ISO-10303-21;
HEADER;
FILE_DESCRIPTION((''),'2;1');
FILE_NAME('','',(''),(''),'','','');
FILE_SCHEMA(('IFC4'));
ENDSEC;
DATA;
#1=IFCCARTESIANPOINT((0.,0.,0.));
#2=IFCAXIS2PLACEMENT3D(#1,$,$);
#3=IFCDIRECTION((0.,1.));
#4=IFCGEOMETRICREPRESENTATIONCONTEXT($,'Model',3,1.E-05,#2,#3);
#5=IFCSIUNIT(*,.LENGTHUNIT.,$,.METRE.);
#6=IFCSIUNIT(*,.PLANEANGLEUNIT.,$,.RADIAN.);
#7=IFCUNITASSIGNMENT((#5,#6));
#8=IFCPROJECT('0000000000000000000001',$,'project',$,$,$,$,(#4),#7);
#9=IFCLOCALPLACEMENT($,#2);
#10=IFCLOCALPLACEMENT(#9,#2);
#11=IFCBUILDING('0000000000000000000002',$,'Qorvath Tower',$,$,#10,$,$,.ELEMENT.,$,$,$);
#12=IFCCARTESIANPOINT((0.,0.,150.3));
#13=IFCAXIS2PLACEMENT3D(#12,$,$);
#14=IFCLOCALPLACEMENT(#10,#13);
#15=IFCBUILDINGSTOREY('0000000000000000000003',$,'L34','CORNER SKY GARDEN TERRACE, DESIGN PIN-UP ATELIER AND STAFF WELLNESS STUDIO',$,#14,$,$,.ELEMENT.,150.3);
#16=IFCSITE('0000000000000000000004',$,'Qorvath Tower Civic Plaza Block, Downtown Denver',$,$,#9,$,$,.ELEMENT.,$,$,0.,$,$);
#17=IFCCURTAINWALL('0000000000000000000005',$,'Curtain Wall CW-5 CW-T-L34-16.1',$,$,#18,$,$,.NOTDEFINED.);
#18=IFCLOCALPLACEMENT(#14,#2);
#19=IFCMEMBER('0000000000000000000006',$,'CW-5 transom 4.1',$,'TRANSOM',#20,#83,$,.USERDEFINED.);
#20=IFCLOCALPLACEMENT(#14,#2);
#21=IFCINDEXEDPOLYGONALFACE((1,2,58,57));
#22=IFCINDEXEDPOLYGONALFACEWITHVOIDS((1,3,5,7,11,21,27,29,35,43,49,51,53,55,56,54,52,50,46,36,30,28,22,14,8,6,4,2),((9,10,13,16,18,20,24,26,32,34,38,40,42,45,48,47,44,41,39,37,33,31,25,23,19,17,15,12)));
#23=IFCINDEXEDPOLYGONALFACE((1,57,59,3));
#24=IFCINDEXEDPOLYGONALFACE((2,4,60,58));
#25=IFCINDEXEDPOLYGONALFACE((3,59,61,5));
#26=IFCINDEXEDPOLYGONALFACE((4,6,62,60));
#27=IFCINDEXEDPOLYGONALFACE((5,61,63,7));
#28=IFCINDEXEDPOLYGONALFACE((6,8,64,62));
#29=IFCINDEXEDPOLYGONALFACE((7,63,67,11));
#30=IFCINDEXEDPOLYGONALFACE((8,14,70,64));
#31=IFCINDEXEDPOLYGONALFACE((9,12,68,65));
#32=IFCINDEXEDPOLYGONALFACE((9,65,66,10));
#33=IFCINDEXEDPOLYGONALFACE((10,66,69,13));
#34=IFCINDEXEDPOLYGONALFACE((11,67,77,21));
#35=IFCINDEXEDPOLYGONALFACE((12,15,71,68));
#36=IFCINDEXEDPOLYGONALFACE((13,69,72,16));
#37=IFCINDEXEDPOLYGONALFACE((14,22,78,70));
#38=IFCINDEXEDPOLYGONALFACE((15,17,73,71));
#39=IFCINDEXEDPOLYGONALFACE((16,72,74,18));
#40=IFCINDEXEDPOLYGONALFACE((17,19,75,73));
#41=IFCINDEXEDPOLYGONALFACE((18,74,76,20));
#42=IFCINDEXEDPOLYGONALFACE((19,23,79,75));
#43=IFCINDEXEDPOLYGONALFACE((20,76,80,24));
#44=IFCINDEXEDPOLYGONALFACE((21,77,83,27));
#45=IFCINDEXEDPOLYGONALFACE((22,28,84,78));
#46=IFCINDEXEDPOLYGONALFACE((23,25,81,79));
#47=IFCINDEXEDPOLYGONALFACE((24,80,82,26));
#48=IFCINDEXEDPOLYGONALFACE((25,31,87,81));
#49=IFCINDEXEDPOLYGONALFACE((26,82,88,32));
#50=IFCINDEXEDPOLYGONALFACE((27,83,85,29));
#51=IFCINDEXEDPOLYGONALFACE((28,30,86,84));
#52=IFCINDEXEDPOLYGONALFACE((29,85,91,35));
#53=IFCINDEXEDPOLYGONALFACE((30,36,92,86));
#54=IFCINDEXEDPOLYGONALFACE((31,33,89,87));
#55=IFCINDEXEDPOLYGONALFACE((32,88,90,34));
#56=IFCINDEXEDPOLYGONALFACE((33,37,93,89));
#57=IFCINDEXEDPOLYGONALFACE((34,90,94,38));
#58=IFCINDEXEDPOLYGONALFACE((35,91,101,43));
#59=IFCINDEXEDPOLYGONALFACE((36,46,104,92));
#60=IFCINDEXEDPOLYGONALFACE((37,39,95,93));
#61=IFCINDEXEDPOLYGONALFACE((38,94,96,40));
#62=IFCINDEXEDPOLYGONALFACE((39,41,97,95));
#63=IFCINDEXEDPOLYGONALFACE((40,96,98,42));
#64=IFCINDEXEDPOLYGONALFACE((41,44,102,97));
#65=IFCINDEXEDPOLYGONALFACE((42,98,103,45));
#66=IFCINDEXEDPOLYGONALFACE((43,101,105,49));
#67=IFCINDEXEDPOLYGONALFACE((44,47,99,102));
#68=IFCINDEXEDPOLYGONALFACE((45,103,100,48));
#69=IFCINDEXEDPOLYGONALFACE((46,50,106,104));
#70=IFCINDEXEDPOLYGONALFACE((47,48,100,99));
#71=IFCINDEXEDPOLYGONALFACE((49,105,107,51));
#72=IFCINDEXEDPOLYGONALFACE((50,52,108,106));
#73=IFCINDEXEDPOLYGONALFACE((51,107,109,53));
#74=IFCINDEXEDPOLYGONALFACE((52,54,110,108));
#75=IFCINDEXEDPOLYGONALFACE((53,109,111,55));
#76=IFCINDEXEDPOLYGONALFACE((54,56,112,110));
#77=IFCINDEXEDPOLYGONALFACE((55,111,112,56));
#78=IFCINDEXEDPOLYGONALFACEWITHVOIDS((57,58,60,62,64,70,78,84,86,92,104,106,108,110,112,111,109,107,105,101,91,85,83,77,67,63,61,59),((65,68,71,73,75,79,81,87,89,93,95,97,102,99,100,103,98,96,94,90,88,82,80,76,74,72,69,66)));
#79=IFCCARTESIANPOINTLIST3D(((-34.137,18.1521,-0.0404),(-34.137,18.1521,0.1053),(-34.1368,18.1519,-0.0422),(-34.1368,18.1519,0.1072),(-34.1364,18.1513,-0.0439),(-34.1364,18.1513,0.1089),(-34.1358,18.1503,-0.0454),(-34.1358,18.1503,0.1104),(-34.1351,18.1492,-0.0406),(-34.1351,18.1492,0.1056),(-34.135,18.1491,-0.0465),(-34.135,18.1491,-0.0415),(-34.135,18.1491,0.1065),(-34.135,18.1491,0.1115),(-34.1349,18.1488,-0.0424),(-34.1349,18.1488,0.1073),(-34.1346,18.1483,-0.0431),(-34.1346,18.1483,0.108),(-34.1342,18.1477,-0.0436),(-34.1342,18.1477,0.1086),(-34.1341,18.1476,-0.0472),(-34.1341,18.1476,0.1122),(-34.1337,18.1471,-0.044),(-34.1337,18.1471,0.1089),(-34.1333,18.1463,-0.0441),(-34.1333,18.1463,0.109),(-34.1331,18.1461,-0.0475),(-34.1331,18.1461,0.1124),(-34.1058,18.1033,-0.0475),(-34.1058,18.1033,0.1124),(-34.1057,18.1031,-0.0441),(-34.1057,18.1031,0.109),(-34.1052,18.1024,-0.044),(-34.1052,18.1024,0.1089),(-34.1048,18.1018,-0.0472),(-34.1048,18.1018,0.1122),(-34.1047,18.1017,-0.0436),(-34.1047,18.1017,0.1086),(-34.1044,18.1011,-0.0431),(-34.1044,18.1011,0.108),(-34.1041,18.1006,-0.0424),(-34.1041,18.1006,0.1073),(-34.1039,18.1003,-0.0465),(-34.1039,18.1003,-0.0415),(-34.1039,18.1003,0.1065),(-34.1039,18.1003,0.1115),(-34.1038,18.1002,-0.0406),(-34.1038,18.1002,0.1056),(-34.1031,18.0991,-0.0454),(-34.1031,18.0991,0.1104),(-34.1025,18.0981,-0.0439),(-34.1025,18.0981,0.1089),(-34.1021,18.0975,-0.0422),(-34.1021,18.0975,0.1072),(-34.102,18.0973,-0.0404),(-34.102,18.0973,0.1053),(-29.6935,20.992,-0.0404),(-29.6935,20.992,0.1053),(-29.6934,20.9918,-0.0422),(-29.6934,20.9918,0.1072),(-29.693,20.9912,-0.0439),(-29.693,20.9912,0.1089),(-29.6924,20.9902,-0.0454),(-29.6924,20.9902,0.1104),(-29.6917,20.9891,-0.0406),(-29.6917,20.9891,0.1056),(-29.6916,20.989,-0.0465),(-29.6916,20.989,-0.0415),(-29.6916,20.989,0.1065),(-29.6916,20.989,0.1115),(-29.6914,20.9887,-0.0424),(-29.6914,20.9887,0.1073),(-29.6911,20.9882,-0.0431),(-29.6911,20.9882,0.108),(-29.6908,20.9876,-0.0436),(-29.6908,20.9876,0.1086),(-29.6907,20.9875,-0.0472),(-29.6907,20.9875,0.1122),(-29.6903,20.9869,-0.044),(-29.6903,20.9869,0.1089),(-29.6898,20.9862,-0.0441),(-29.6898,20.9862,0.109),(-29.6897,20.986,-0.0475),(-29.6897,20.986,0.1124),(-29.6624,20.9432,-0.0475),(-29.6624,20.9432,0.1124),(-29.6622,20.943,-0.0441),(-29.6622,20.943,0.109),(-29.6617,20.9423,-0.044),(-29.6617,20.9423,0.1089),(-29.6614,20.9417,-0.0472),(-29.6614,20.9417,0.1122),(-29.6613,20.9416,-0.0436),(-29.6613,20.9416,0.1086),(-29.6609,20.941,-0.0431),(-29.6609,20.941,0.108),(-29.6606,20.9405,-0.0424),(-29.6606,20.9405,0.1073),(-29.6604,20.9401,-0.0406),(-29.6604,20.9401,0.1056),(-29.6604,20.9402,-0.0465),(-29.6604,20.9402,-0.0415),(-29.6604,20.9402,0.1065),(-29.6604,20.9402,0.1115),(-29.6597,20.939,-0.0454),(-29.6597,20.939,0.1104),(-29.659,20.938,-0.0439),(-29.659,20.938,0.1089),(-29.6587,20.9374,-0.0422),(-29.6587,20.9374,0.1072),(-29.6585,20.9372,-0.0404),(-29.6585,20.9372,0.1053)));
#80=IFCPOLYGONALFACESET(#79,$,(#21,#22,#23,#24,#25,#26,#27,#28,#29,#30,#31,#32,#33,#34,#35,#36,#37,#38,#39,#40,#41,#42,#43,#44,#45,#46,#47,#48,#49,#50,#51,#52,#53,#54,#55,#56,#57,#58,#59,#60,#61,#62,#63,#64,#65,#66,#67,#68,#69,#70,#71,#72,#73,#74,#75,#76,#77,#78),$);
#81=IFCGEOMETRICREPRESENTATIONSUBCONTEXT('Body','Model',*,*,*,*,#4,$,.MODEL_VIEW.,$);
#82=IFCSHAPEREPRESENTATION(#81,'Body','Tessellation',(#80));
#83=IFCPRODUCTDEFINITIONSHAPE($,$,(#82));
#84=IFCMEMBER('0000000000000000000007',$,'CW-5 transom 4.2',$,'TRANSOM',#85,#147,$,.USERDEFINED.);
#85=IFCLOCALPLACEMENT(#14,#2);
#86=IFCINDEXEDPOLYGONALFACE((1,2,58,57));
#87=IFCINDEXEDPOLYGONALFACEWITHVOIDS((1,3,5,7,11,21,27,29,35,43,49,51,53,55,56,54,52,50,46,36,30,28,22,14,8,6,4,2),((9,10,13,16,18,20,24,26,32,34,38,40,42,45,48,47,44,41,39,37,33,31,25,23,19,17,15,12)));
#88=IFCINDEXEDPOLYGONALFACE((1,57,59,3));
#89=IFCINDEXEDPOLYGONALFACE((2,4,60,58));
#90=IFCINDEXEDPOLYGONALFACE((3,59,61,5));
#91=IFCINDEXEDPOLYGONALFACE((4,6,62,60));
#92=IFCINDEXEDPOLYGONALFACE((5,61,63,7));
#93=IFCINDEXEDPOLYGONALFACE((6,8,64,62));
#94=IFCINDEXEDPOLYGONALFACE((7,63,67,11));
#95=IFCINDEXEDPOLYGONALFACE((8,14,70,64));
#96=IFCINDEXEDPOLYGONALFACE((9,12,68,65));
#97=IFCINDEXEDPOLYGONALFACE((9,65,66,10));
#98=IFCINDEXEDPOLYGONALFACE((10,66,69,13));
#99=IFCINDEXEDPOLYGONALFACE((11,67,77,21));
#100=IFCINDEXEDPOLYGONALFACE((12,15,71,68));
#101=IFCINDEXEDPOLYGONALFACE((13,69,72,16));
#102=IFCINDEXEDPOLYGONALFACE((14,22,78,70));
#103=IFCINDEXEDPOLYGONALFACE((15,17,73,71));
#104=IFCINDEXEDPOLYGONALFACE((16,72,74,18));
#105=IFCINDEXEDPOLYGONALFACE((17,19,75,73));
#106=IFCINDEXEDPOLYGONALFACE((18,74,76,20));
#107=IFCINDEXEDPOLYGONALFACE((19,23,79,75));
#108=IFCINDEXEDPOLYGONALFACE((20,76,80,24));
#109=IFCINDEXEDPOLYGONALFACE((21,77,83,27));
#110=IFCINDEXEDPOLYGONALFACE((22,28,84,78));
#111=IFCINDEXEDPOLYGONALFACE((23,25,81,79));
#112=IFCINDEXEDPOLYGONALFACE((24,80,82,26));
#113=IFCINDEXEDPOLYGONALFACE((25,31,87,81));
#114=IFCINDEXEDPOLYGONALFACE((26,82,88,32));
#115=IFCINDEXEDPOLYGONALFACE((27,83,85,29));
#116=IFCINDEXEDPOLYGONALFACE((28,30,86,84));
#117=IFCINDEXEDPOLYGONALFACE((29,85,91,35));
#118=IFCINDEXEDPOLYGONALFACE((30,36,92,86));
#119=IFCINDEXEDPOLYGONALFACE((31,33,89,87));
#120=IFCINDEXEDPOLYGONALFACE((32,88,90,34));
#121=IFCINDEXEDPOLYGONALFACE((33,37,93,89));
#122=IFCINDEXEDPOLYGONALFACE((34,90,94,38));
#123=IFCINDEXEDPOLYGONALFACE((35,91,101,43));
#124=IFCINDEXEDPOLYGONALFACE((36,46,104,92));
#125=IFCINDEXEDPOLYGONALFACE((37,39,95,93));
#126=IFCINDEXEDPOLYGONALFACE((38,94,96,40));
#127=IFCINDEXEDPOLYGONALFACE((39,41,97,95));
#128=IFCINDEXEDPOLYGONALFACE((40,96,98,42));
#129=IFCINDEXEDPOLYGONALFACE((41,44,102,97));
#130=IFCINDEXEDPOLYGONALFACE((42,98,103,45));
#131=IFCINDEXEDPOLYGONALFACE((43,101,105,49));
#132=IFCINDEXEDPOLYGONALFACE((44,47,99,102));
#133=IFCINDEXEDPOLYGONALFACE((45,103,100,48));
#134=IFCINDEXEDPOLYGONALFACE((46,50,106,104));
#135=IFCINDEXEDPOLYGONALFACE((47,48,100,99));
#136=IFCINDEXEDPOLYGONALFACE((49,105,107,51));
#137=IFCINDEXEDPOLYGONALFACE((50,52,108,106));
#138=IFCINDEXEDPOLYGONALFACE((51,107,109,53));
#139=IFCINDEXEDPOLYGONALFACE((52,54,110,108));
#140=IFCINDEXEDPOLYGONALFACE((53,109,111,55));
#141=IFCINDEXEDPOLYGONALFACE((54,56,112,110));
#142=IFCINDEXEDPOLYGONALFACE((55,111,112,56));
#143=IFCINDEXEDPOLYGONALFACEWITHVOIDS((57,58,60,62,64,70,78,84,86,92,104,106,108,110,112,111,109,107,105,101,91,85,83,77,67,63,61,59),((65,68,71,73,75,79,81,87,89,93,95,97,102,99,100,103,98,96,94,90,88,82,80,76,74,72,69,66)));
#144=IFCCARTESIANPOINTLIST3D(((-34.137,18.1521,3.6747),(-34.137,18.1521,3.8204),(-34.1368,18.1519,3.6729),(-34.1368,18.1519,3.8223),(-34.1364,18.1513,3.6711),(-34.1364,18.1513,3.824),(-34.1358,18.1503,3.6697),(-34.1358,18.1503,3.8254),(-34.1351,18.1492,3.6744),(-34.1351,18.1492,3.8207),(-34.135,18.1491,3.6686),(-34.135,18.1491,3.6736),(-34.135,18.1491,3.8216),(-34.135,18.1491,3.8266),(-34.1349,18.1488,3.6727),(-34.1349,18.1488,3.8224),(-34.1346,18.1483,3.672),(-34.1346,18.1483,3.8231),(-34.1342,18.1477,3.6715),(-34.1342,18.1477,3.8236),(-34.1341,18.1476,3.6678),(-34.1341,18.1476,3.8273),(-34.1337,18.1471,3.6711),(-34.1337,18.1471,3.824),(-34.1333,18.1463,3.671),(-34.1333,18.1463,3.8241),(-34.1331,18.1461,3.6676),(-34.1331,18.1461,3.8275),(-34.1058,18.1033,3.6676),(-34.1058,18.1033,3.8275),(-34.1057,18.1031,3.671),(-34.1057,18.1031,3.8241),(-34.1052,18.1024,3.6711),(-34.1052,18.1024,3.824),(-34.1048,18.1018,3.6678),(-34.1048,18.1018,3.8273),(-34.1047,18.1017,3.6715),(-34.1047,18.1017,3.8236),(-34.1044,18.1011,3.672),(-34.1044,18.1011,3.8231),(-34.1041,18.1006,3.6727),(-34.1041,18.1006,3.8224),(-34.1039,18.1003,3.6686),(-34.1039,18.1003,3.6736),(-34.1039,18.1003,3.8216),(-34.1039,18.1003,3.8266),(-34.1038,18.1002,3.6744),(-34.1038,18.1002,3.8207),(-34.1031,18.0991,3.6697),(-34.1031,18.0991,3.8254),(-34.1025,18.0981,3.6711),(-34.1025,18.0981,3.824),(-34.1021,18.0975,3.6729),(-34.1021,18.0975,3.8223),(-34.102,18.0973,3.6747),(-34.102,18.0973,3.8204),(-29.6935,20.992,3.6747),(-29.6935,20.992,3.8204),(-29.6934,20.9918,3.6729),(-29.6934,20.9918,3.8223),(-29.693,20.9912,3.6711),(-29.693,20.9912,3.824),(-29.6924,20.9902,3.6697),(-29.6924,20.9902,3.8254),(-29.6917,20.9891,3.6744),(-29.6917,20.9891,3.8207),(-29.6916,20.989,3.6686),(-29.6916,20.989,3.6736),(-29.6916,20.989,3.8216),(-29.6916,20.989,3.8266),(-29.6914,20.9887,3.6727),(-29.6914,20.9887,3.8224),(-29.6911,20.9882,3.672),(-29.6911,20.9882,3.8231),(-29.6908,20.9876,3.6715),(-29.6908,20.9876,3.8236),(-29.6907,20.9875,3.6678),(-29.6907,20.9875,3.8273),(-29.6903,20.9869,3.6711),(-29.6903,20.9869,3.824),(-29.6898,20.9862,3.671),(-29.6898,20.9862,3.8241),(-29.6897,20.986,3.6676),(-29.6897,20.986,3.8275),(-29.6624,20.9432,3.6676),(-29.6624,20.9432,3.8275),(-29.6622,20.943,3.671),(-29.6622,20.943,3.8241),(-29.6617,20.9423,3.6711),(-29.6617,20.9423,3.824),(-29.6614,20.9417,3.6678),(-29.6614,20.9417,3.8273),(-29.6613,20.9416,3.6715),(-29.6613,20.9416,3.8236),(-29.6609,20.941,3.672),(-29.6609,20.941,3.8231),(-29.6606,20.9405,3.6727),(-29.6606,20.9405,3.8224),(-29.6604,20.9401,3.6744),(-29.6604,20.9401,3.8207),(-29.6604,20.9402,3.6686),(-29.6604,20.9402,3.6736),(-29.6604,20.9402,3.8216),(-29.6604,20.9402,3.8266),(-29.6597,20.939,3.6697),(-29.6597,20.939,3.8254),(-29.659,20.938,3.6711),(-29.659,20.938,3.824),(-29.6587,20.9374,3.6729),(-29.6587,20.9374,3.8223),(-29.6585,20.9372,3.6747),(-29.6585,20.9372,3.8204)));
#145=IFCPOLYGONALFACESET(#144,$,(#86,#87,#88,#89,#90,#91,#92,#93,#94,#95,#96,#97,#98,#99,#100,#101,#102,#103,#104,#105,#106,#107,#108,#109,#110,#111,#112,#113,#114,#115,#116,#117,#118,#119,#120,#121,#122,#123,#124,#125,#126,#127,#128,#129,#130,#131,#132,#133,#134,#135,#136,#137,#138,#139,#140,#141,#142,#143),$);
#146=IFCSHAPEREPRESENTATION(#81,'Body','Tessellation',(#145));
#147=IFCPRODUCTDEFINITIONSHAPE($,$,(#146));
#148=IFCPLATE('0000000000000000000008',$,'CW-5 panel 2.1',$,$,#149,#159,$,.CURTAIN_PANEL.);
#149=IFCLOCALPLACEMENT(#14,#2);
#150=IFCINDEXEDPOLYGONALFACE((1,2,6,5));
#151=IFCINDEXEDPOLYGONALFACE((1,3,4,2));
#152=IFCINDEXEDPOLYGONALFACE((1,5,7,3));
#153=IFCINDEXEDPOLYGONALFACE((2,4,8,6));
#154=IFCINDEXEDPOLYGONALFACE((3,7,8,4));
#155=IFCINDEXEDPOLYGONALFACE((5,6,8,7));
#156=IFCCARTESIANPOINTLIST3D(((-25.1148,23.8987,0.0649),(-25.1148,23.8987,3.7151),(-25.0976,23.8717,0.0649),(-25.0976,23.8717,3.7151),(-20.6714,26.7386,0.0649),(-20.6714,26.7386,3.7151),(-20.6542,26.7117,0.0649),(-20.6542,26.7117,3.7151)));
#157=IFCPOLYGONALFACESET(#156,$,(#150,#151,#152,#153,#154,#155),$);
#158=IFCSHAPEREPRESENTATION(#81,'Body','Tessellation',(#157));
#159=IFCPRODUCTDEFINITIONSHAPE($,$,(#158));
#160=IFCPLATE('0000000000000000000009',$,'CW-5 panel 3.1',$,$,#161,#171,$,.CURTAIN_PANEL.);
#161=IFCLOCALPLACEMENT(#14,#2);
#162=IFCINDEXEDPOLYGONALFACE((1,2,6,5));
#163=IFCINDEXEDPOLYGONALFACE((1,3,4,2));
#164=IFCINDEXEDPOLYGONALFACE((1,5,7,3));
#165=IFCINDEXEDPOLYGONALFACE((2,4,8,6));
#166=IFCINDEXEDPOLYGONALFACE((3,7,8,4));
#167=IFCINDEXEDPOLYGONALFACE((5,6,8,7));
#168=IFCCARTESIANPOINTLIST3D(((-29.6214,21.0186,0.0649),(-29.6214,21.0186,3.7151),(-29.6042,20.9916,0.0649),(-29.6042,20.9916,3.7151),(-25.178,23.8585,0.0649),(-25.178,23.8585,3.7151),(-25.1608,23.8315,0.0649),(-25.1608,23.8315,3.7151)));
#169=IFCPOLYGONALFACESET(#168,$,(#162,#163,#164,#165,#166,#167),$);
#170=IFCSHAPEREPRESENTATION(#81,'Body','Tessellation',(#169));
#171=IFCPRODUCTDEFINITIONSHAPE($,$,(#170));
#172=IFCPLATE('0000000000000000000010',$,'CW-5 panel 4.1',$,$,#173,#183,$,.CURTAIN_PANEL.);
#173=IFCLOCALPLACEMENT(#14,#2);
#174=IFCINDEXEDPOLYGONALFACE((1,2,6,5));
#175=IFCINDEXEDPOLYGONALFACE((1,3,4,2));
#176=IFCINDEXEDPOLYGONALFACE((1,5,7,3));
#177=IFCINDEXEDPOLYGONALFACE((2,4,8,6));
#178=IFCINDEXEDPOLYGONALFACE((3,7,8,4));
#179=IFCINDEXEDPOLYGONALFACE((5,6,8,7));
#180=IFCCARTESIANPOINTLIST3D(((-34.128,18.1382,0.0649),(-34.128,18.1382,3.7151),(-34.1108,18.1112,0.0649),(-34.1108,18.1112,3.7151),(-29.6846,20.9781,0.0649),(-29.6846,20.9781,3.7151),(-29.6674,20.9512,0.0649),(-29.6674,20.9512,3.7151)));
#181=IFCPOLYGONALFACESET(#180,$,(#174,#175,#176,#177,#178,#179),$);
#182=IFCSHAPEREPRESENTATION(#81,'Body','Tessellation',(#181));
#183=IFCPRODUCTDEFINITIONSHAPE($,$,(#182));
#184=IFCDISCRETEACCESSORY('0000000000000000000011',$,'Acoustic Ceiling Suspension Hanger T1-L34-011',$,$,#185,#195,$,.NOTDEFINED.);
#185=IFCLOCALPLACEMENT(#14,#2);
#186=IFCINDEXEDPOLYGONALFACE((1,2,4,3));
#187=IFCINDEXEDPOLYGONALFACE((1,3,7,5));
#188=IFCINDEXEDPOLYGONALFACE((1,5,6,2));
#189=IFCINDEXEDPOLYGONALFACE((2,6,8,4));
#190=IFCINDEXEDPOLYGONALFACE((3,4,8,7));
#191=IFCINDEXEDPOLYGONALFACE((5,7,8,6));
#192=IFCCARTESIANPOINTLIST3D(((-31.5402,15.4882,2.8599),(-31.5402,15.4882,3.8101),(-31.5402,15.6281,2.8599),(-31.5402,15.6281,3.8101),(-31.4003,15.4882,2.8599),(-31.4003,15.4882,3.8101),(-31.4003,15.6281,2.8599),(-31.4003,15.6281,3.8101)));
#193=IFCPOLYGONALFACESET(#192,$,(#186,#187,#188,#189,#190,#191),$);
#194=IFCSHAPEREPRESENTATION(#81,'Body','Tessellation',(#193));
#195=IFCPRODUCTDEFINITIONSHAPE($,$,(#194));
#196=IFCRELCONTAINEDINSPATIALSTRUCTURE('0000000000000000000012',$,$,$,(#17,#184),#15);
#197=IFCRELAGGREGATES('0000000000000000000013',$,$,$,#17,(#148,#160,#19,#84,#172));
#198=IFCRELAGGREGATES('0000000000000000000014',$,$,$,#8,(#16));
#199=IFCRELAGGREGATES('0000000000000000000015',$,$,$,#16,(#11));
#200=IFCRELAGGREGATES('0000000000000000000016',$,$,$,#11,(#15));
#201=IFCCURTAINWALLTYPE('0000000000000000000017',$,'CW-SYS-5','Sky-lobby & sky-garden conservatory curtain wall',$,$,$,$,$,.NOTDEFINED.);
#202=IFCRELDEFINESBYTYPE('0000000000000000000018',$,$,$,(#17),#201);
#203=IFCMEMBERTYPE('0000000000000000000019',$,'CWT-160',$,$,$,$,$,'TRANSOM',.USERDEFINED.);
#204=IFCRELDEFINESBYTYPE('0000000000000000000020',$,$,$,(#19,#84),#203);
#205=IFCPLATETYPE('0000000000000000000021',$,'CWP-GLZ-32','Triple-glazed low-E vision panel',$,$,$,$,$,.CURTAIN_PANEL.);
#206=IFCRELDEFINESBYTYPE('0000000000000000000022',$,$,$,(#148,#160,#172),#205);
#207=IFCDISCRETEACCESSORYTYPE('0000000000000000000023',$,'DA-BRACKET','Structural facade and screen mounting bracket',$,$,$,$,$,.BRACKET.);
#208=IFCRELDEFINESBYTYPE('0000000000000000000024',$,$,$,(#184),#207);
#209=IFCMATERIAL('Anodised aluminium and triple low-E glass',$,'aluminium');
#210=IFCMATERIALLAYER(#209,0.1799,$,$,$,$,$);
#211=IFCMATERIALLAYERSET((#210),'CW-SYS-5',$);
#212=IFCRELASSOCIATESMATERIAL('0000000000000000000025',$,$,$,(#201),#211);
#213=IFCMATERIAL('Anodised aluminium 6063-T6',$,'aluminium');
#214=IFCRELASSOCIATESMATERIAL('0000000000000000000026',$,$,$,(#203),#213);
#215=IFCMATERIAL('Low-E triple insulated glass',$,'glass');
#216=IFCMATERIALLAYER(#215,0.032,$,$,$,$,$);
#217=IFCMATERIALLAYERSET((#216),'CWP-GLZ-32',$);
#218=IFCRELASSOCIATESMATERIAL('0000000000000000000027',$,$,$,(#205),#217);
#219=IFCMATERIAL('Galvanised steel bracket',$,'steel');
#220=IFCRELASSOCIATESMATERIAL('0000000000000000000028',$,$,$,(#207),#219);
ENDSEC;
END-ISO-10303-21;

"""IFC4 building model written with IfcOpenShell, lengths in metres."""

from ifc_helpers import new_model, si_unit, direction, frame, origin, origin_2d, place, context, subcontext, project, spatial, rectangle, hollow_rectangle, extrude, material, layer, layer_set, material_profile, profile_set, type_object, element, aggregate, save


model = new_model("IFC4")

# Units and contexts
model_context = context("Model", 3, precision=1e-05, world=origin(), true_north=direction((0.0, 1.0)))
body_context = subcontext(model_context, "Body", "Model", "MODEL_VIEW")
ifc_project = project(units=[si_unit("LENGTHUNIT", "METRE"), si_unit("PLANEANGLEUNIT", "RADIAN")], contexts=[model_context])

# Site, building, storey
site_placement = place(None, origin())
site = spatial("IfcSite", under=ifc_project, at=site_placement, Name="Qorvath Tower Civic Plaza Block, Downtown Denver", CompositionType="ELEMENT", RefElevation=0.0)
building_placement = place(site_placement, origin())
building = spatial("IfcBuilding", under=site, at=building_placement, Name="Qorvath Tower", CompositionType="ELEMENT")
storey_placement = place(building_placement, frame((0.0, 0.0, 150.3)))
storey = spatial("IfcBuildingStorey", under=building, at=storey_placement, Name="L34", Description="CORNER SKY GARDEN TERRACE, DESIGN PIN-UP ATELIER AND STAFF WELLNESS STUDIO", CompositionType="ELEMENT", Elevation=150.3)

# Curtain wall, members, plates
ifc_material_1 = material(Name="Anodised aluminium and triple low-E glass", Category="aluminium")
ifc_layer_1 = layer(ifc_material_1, 0.1799)
ifc_layer_set_1 = layer_set([ifc_layer_1], Name="CW-SYS-5")
curtain_wall_type = type_object("IfcCurtainWallType", Name="CW-SYS-5", Description="Sky-lobby & sky-garden conservatory curtain wall", PredefinedType="NOTDEFINED", material=ifc_layer_set_1)
curtain_wall_placement = place(storey_placement, origin())
curtain_wall = element("IfcCurtainWall", 1, at=curtain_wall_placement, inside=storey, type_object=curtain_wall_type, Name="Curtain Wall CW-5 CW-T-L34-16.1", PredefinedType="NOTDEFINED")
ifc_material_2 = material(Name="Anodised aluminium 6063-T6", Category="aluminium")
ifc_material_profile_1 = material_profile(ifc_material_2, hollow_rectangle(XDim=0.0649, YDim=0.1599, WallThickness=0.0034, InnerFilletRadius=0.0034, OuterFilletRadius=0.0071, at=origin_2d()), Name="CWT 160x65")
ifc_profile_set_1 = profile_set([ifc_material_profile_1], Name="Anodised aluminium 6063-T6")
member_type_1 = type_object("IfcMemberType", Name="CWT-160", ElementType="TRANSOM", PredefinedType="USERDEFINED", material=ifc_profile_set_1)
member_1_placement = place(storey_placement, frame((-29.676, 20.9646, 0.0325), z_axis=(-0.842608, -0.538528, 0.0), x_axis=(0.538528, -0.842608, 0.0)))
member_1 = element("IfcMember", 2, at=member_1_placement, type_object=member_type_1, Name="CW-5 transom 4.1", ObjectType="TRANSOM", PredefinedType="USERDEFINED", context=body_context, shape_type="SweptSolid", body=[
    extrude(hollow_rectangle(XDim=0.0649, YDim=0.1599, WallThickness=0.0034, InnerFilletRadius=0.0034, OuterFilletRadius=0.0071, at=origin_2d()), origin(), (0.0, 0.0, 1.0), 5.2734),
])
member_2_placement = place(storey_placement, frame((-29.676, 20.9646, 3.7476), z_axis=(-0.842608, -0.538528, 0.0), x_axis=(0.538528, -0.842608, 0.0)))
member_2 = element("IfcMember", 3, at=member_2_placement, type_object=member_type_1, Name="CW-5 transom 4.2", ObjectType="TRANSOM", PredefinedType="USERDEFINED", context=body_context, shape_type="SweptSolid", body=[
    extrude(hollow_rectangle(XDim=0.0649, YDim=0.1599, WallThickness=0.0034, InnerFilletRadius=0.0034, OuterFilletRadius=0.0071, at=origin_2d()), origin(), (0.0, 0.0, 1.0), 5.2734),
])
ifc_material_3 = material(Name="Low-E triple insulated glass", Category="glass")
ifc_layer_2 = layer(ifc_material_3, 0.032)
ifc_layer_set_2 = layer_set([ifc_layer_2], Name="CWP-GLZ-32")
plate_type = type_object("IfcPlateType", Name="CWP-GLZ-32", Description="Triple-glazed low-E vision panel", PredefinedType="CURTAIN_PANEL", material=ifc_layer_set_2)
plate_1_placement = place(storey_placement, frame((-22.8845, 25.3052, 0.0649), z_axis=(0.0, 0.0, 1.0), x_axis=(-0.842603, -0.538535, 0.0)))
plate_1 = element("IfcPlate", 4, at=plate_1_placement, type_object=plate_type, Name="CW-5 panel 2.1", PredefinedType="CURTAIN_PANEL", context=body_context, shape_type="SweptSolid", body=[
    extrude(rectangle(XDim=5.2734, YDim=0.032, at=origin_2d()), origin(), (0.0, 0.0, 1.0), 3.6501),
])
plate_2_placement = place(storey_placement, frame((-27.3911, 22.425, 0.0649), z_axis=(0.0, 0.0, 1.0), x_axis=(-0.842603, -0.538535, 0.0)))
plate_2 = element("IfcPlate", 5, at=plate_2_placement, type_object=plate_type, Name="CW-5 panel 3.1", PredefinedType="CURTAIN_PANEL", context=body_context, shape_type="SweptSolid", body=[
    extrude(rectangle(XDim=5.2734, YDim=0.032, at=origin_2d()), origin(), (0.0, 0.0, 1.0), 3.6501),
])
plate_3_placement = place(storey_placement, frame((-31.8977, 19.5447, 0.0649), z_axis=(0.0, 0.0, 1.0), x_axis=(-0.842603, -0.538535, 0.0)))
plate_3 = element("IfcPlate", 6, at=plate_3_placement, type_object=plate_type, Name="CW-5 panel 4.1", PredefinedType="CURTAIN_PANEL", context=body_context, shape_type="SweptSolid", body=[
    extrude(rectangle(XDim=5.2734, YDim=0.032, at=origin_2d()), origin(), (0.0, 0.0, 1.0), 3.6501),
])
aggregate(curtain_wall, [plate_1, plate_2, member_1, member_2, plate_3])

# Discrete accessory
ifc_material_4 = material(Name="Galvanised steel bracket", Category="steel")
discrete_accessory_type = type_object("IfcDiscreteAccessoryType", Name="DA-BRACKET", Description="Structural facade and screen mounting bracket", PredefinedType="BRACKET", material=ifc_material_4)
for number, where, z_axis, x_axis, name in (
    (7, (-31.4702, 15.5581, 2.8599), (0.0, 0.0, 1.0), (1.0, 0.0, 0.0), "Acoustic Ceiling Suspension Hanger T1-L34-011"),
):
    element("IfcDiscreteAccessory", number, at=place(storey_placement, frame(where, z_axis=z_axis, x_axis=x_axis)), inside=storey, type_object=discrete_accessory_type, Name=name, PredefinedType="NOTDEFINED", context=body_context, shape_type="SweptSolid", body=[
        extrude(rectangle(XDim=0.1399, YDim=0.1399, at=origin_2d()), origin(), (0.0, 0.0, 1.0), 0.9502),
    ])

save(model, "model.ifc")
